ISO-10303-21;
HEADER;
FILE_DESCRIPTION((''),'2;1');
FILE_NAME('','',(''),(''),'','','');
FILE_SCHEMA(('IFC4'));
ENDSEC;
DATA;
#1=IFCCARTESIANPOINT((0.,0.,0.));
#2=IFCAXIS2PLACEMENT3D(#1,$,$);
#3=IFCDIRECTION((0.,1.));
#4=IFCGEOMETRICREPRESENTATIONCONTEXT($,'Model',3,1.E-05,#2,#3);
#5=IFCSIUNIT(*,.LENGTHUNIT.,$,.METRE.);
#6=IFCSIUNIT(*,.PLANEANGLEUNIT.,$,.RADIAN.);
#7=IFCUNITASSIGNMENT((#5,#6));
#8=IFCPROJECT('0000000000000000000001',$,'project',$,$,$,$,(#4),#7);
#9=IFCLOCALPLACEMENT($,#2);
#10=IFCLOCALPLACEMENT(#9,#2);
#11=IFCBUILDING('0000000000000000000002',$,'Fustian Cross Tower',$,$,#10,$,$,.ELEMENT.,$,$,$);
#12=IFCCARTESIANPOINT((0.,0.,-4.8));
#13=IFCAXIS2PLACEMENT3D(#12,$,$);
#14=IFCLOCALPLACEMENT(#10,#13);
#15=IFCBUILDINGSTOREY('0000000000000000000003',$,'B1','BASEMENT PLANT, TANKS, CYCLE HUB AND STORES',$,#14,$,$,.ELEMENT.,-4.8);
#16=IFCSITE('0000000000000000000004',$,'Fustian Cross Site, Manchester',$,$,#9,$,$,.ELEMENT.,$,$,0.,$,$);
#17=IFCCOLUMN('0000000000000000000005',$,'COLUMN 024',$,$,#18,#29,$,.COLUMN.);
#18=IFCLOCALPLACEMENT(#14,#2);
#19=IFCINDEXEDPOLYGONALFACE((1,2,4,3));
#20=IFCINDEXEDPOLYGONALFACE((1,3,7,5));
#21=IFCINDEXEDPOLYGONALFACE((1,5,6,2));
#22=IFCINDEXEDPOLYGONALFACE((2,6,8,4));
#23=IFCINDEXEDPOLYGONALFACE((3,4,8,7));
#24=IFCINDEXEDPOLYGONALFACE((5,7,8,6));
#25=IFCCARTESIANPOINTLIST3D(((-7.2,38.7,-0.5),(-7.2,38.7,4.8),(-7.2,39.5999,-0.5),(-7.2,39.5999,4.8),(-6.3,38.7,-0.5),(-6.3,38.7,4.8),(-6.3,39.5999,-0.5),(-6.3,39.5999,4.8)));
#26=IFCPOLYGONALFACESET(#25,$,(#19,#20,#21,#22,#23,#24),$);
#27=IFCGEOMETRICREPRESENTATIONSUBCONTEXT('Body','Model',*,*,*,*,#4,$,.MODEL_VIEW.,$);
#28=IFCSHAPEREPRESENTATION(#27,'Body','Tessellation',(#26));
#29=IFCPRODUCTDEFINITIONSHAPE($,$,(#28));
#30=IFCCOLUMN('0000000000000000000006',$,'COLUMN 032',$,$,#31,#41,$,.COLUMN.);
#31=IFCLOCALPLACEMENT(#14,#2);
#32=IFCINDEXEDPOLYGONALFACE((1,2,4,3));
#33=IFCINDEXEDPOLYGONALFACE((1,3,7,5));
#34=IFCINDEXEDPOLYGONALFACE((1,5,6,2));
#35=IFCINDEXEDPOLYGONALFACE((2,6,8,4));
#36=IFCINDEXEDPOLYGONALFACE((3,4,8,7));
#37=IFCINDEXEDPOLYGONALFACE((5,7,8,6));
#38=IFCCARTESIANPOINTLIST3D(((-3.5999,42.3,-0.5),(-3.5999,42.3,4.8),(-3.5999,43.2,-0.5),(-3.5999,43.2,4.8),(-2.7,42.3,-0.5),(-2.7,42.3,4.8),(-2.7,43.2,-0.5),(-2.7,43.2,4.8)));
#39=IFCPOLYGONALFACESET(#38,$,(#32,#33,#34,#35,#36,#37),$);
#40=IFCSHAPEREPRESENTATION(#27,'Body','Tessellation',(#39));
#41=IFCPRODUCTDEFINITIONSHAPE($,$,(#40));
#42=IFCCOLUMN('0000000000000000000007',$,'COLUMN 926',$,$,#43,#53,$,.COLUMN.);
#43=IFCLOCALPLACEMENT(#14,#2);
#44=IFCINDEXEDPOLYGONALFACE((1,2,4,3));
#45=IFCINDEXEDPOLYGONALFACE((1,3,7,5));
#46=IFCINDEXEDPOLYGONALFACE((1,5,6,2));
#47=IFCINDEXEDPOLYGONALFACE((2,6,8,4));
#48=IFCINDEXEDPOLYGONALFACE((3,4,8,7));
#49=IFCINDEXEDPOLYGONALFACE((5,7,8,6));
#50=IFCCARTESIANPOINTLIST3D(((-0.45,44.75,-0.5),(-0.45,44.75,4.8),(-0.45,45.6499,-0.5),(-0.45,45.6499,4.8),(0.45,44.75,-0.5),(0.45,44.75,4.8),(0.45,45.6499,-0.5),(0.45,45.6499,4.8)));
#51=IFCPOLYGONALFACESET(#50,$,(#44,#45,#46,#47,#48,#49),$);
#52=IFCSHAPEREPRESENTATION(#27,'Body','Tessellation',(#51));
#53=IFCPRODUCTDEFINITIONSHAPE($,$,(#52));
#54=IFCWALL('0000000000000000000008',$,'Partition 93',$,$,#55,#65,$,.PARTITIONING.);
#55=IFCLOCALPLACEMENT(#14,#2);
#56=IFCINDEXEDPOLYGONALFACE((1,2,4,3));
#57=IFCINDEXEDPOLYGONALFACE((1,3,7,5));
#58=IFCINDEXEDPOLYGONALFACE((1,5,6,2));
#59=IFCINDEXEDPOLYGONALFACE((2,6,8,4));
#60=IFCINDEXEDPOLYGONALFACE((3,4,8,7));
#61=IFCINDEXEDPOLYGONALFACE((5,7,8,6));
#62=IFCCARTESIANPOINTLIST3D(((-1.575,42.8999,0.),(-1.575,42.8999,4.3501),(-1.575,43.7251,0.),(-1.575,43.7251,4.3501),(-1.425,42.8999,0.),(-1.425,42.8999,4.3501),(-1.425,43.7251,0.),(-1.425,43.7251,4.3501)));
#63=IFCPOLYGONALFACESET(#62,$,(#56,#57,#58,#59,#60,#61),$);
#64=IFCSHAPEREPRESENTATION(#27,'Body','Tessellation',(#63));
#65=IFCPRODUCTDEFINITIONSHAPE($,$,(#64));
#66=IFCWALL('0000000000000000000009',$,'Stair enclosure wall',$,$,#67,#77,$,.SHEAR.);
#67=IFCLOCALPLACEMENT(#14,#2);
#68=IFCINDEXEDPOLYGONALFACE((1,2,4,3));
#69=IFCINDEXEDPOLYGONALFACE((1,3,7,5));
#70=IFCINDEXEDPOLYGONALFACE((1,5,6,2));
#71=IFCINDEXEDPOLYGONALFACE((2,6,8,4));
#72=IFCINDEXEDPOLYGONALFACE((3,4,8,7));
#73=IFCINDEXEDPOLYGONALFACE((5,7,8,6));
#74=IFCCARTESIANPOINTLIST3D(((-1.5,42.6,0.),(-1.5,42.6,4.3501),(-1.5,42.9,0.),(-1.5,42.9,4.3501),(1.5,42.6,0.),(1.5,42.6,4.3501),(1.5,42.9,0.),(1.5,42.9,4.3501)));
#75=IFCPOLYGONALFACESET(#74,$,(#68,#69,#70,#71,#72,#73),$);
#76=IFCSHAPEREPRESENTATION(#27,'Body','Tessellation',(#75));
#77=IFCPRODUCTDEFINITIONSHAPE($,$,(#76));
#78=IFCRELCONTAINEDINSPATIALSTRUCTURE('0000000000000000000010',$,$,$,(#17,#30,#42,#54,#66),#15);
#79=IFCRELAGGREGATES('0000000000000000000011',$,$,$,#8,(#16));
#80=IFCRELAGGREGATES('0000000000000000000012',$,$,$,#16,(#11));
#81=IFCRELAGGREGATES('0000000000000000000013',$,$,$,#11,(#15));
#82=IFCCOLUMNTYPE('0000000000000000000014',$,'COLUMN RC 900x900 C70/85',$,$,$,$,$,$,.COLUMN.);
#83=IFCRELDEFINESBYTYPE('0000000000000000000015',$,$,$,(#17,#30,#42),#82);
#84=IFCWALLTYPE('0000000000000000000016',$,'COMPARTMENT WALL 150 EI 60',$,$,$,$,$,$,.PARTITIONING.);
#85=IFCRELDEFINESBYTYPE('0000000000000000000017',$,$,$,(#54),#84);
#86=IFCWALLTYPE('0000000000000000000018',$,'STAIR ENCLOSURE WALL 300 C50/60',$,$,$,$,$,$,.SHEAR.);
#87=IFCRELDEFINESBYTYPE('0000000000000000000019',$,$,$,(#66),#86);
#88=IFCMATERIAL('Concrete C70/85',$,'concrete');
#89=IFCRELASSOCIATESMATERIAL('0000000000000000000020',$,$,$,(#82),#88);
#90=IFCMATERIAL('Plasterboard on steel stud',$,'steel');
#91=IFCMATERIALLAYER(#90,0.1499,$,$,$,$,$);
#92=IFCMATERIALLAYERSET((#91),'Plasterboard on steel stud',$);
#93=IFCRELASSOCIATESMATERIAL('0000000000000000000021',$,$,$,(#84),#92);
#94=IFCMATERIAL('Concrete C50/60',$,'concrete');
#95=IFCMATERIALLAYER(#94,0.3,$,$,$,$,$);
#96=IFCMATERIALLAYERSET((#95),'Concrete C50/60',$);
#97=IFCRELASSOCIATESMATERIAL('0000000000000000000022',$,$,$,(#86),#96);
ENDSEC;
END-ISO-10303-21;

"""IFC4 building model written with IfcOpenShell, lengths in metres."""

from ifc_helpers import new_model, si_unit, direction, frame, frame_2d, origin, origin_2d, place, context, subcontext, project, spatial, rectangle, extrude, material, layer, layer_set, material_profile, profile_set, type_object, element, save


model = new_model("IFC4")

# Units and contexts
model_context = context("Model", 3, precision=1e-05, world=origin(), true_north=direction((0.0, 1.0)))
body_context = subcontext(model_context, "Body", "Model", "MODEL_VIEW")
ifc_project = project(units=[si_unit("LENGTHUNIT", "METRE"), si_unit("PLANEANGLEUNIT", "RADIAN")], contexts=[model_context])

# Site, building, storey
site_placement = place(None, origin())
site = spatial("IfcSite", under=ifc_project, at=site_placement, Name="Fustian Cross Site, Manchester", CompositionType="ELEMENT", RefElevation=0.0)
building_placement = place(site_placement, origin())
building = spatial("IfcBuilding", under=site, at=building_placement, Name="Fustian Cross Tower", CompositionType="ELEMENT")
storey_placement = place(building_placement, frame((0.0, 0.0, -4.8)))
storey = spatial("IfcBuildingStorey", under=building, at=storey_placement, Name="B1", Description="BASEMENT PLANT, TANKS, CYCLE HUB AND STORES", CompositionType="ELEMENT", Elevation=-4.8)

# Columns
ifc_material_1 = material(Name="Concrete C70/85", Category="concrete")
ifc_material_profile_1 = material_profile(ifc_material_1, rectangle(XDim=0.8999, YDim=0.8999, at=origin_2d()), Name="RC 900x900")
ifc_profile_set_1 = profile_set([ifc_material_profile_1], Name="Concrete C70/85")
column_type_1 = type_object("IfcColumnType", Name="COLUMN RC 900x900 C70/85", PredefinedType="COLUMN", material=ifc_profile_set_1)
for number, where, z_axis, x_axis, name in (
    (1, (-6.75, 39.1499, -0.5), (0.0, 0.0, 1.0), (1.0, 0.0, 0.0), "COLUMN 024"),
    (2, (-3.1499, 42.75, -0.5), (0.0, 0.0, 1.0), (1.0, 0.0, 0.0), "COLUMN 032"),
    (3, (0.0, 45.2, -0.5), (0.0, 0.0, 1.0), (1.0, 0.0, 0.0), "COLUMN 926"),
):
    element("IfcColumn", number, at=place(storey_placement, frame(where, z_axis=z_axis, x_axis=x_axis)), inside=storey, type_object=column_type_1, Name=name, PredefinedType="COLUMN", context=body_context, shape_type="SweptSolid", body=[
        extrude(rectangle(XDim=0.8999, YDim=0.8999, at=origin_2d()), origin(), (0.0, 0.0, 1.0), 5.3),
    ])

# Walls
ifc_material_2 = material(Name="Plasterboard on steel stud", Category="steel")
ifc_layer_1 = layer(ifc_material_2, 0.1499)
ifc_layer_set_1 = layer_set([ifc_layer_1], Name="Plasterboard on steel stud")
wall_type_1 = type_object("IfcWallType", Name="COMPARTMENT WALL 150 EI 60", PredefinedType="PARTITIONING", material=ifc_layer_set_1)
wall_1_placement = place(storey_placement, frame((-1.5, 42.8999, 0.0), z_axis=(0.0, 0.0, 1.0), x_axis=(0.0, 1.0, 0.0)))
element("IfcWall", 4, at=wall_1_placement, inside=storey, type_object=wall_type_1, Name="Partition 93", PredefinedType="PARTITIONING", context=body_context, shape_type="SweptSolid", body=[
    extrude(rectangle(XDim=0.8252, YDim=0.1499, at=frame_2d((0.4126, 0.0))), origin(), (0.0, 0.0, 1.0), 4.3501),
])
ifc_material_3 = material(Name="Concrete C50/60", Category="concrete")
ifc_layer_2 = layer(ifc_material_3, 0.3)
ifc_layer_set_2 = layer_set([ifc_layer_2], Name="Concrete C50/60")
wall_type_2 = type_object("IfcWallType", Name="STAIR ENCLOSURE WALL 300 C50/60", PredefinedType="SHEAR", material=ifc_layer_set_2)
wall_2_placement = place(storey_placement, frame((-1.5, 42.75, 0.0), z_axis=(0.0, 0.0, 1.0), x_axis=(1.0, 0.0, 0.0)))
element("IfcWall", 5, at=wall_2_placement, inside=storey, type_object=wall_type_2, Name="Stair enclosure wall", PredefinedType="SHEAR", context=body_context, shape_type="SweptSolid", body=[
    extrude(rectangle(XDim=3.0, YDim=0.3, at=frame_2d((1.5, 0.0))), origin(), (0.0, 0.0, 1.0), 4.3501),
])

save(model, "model.ifc")
